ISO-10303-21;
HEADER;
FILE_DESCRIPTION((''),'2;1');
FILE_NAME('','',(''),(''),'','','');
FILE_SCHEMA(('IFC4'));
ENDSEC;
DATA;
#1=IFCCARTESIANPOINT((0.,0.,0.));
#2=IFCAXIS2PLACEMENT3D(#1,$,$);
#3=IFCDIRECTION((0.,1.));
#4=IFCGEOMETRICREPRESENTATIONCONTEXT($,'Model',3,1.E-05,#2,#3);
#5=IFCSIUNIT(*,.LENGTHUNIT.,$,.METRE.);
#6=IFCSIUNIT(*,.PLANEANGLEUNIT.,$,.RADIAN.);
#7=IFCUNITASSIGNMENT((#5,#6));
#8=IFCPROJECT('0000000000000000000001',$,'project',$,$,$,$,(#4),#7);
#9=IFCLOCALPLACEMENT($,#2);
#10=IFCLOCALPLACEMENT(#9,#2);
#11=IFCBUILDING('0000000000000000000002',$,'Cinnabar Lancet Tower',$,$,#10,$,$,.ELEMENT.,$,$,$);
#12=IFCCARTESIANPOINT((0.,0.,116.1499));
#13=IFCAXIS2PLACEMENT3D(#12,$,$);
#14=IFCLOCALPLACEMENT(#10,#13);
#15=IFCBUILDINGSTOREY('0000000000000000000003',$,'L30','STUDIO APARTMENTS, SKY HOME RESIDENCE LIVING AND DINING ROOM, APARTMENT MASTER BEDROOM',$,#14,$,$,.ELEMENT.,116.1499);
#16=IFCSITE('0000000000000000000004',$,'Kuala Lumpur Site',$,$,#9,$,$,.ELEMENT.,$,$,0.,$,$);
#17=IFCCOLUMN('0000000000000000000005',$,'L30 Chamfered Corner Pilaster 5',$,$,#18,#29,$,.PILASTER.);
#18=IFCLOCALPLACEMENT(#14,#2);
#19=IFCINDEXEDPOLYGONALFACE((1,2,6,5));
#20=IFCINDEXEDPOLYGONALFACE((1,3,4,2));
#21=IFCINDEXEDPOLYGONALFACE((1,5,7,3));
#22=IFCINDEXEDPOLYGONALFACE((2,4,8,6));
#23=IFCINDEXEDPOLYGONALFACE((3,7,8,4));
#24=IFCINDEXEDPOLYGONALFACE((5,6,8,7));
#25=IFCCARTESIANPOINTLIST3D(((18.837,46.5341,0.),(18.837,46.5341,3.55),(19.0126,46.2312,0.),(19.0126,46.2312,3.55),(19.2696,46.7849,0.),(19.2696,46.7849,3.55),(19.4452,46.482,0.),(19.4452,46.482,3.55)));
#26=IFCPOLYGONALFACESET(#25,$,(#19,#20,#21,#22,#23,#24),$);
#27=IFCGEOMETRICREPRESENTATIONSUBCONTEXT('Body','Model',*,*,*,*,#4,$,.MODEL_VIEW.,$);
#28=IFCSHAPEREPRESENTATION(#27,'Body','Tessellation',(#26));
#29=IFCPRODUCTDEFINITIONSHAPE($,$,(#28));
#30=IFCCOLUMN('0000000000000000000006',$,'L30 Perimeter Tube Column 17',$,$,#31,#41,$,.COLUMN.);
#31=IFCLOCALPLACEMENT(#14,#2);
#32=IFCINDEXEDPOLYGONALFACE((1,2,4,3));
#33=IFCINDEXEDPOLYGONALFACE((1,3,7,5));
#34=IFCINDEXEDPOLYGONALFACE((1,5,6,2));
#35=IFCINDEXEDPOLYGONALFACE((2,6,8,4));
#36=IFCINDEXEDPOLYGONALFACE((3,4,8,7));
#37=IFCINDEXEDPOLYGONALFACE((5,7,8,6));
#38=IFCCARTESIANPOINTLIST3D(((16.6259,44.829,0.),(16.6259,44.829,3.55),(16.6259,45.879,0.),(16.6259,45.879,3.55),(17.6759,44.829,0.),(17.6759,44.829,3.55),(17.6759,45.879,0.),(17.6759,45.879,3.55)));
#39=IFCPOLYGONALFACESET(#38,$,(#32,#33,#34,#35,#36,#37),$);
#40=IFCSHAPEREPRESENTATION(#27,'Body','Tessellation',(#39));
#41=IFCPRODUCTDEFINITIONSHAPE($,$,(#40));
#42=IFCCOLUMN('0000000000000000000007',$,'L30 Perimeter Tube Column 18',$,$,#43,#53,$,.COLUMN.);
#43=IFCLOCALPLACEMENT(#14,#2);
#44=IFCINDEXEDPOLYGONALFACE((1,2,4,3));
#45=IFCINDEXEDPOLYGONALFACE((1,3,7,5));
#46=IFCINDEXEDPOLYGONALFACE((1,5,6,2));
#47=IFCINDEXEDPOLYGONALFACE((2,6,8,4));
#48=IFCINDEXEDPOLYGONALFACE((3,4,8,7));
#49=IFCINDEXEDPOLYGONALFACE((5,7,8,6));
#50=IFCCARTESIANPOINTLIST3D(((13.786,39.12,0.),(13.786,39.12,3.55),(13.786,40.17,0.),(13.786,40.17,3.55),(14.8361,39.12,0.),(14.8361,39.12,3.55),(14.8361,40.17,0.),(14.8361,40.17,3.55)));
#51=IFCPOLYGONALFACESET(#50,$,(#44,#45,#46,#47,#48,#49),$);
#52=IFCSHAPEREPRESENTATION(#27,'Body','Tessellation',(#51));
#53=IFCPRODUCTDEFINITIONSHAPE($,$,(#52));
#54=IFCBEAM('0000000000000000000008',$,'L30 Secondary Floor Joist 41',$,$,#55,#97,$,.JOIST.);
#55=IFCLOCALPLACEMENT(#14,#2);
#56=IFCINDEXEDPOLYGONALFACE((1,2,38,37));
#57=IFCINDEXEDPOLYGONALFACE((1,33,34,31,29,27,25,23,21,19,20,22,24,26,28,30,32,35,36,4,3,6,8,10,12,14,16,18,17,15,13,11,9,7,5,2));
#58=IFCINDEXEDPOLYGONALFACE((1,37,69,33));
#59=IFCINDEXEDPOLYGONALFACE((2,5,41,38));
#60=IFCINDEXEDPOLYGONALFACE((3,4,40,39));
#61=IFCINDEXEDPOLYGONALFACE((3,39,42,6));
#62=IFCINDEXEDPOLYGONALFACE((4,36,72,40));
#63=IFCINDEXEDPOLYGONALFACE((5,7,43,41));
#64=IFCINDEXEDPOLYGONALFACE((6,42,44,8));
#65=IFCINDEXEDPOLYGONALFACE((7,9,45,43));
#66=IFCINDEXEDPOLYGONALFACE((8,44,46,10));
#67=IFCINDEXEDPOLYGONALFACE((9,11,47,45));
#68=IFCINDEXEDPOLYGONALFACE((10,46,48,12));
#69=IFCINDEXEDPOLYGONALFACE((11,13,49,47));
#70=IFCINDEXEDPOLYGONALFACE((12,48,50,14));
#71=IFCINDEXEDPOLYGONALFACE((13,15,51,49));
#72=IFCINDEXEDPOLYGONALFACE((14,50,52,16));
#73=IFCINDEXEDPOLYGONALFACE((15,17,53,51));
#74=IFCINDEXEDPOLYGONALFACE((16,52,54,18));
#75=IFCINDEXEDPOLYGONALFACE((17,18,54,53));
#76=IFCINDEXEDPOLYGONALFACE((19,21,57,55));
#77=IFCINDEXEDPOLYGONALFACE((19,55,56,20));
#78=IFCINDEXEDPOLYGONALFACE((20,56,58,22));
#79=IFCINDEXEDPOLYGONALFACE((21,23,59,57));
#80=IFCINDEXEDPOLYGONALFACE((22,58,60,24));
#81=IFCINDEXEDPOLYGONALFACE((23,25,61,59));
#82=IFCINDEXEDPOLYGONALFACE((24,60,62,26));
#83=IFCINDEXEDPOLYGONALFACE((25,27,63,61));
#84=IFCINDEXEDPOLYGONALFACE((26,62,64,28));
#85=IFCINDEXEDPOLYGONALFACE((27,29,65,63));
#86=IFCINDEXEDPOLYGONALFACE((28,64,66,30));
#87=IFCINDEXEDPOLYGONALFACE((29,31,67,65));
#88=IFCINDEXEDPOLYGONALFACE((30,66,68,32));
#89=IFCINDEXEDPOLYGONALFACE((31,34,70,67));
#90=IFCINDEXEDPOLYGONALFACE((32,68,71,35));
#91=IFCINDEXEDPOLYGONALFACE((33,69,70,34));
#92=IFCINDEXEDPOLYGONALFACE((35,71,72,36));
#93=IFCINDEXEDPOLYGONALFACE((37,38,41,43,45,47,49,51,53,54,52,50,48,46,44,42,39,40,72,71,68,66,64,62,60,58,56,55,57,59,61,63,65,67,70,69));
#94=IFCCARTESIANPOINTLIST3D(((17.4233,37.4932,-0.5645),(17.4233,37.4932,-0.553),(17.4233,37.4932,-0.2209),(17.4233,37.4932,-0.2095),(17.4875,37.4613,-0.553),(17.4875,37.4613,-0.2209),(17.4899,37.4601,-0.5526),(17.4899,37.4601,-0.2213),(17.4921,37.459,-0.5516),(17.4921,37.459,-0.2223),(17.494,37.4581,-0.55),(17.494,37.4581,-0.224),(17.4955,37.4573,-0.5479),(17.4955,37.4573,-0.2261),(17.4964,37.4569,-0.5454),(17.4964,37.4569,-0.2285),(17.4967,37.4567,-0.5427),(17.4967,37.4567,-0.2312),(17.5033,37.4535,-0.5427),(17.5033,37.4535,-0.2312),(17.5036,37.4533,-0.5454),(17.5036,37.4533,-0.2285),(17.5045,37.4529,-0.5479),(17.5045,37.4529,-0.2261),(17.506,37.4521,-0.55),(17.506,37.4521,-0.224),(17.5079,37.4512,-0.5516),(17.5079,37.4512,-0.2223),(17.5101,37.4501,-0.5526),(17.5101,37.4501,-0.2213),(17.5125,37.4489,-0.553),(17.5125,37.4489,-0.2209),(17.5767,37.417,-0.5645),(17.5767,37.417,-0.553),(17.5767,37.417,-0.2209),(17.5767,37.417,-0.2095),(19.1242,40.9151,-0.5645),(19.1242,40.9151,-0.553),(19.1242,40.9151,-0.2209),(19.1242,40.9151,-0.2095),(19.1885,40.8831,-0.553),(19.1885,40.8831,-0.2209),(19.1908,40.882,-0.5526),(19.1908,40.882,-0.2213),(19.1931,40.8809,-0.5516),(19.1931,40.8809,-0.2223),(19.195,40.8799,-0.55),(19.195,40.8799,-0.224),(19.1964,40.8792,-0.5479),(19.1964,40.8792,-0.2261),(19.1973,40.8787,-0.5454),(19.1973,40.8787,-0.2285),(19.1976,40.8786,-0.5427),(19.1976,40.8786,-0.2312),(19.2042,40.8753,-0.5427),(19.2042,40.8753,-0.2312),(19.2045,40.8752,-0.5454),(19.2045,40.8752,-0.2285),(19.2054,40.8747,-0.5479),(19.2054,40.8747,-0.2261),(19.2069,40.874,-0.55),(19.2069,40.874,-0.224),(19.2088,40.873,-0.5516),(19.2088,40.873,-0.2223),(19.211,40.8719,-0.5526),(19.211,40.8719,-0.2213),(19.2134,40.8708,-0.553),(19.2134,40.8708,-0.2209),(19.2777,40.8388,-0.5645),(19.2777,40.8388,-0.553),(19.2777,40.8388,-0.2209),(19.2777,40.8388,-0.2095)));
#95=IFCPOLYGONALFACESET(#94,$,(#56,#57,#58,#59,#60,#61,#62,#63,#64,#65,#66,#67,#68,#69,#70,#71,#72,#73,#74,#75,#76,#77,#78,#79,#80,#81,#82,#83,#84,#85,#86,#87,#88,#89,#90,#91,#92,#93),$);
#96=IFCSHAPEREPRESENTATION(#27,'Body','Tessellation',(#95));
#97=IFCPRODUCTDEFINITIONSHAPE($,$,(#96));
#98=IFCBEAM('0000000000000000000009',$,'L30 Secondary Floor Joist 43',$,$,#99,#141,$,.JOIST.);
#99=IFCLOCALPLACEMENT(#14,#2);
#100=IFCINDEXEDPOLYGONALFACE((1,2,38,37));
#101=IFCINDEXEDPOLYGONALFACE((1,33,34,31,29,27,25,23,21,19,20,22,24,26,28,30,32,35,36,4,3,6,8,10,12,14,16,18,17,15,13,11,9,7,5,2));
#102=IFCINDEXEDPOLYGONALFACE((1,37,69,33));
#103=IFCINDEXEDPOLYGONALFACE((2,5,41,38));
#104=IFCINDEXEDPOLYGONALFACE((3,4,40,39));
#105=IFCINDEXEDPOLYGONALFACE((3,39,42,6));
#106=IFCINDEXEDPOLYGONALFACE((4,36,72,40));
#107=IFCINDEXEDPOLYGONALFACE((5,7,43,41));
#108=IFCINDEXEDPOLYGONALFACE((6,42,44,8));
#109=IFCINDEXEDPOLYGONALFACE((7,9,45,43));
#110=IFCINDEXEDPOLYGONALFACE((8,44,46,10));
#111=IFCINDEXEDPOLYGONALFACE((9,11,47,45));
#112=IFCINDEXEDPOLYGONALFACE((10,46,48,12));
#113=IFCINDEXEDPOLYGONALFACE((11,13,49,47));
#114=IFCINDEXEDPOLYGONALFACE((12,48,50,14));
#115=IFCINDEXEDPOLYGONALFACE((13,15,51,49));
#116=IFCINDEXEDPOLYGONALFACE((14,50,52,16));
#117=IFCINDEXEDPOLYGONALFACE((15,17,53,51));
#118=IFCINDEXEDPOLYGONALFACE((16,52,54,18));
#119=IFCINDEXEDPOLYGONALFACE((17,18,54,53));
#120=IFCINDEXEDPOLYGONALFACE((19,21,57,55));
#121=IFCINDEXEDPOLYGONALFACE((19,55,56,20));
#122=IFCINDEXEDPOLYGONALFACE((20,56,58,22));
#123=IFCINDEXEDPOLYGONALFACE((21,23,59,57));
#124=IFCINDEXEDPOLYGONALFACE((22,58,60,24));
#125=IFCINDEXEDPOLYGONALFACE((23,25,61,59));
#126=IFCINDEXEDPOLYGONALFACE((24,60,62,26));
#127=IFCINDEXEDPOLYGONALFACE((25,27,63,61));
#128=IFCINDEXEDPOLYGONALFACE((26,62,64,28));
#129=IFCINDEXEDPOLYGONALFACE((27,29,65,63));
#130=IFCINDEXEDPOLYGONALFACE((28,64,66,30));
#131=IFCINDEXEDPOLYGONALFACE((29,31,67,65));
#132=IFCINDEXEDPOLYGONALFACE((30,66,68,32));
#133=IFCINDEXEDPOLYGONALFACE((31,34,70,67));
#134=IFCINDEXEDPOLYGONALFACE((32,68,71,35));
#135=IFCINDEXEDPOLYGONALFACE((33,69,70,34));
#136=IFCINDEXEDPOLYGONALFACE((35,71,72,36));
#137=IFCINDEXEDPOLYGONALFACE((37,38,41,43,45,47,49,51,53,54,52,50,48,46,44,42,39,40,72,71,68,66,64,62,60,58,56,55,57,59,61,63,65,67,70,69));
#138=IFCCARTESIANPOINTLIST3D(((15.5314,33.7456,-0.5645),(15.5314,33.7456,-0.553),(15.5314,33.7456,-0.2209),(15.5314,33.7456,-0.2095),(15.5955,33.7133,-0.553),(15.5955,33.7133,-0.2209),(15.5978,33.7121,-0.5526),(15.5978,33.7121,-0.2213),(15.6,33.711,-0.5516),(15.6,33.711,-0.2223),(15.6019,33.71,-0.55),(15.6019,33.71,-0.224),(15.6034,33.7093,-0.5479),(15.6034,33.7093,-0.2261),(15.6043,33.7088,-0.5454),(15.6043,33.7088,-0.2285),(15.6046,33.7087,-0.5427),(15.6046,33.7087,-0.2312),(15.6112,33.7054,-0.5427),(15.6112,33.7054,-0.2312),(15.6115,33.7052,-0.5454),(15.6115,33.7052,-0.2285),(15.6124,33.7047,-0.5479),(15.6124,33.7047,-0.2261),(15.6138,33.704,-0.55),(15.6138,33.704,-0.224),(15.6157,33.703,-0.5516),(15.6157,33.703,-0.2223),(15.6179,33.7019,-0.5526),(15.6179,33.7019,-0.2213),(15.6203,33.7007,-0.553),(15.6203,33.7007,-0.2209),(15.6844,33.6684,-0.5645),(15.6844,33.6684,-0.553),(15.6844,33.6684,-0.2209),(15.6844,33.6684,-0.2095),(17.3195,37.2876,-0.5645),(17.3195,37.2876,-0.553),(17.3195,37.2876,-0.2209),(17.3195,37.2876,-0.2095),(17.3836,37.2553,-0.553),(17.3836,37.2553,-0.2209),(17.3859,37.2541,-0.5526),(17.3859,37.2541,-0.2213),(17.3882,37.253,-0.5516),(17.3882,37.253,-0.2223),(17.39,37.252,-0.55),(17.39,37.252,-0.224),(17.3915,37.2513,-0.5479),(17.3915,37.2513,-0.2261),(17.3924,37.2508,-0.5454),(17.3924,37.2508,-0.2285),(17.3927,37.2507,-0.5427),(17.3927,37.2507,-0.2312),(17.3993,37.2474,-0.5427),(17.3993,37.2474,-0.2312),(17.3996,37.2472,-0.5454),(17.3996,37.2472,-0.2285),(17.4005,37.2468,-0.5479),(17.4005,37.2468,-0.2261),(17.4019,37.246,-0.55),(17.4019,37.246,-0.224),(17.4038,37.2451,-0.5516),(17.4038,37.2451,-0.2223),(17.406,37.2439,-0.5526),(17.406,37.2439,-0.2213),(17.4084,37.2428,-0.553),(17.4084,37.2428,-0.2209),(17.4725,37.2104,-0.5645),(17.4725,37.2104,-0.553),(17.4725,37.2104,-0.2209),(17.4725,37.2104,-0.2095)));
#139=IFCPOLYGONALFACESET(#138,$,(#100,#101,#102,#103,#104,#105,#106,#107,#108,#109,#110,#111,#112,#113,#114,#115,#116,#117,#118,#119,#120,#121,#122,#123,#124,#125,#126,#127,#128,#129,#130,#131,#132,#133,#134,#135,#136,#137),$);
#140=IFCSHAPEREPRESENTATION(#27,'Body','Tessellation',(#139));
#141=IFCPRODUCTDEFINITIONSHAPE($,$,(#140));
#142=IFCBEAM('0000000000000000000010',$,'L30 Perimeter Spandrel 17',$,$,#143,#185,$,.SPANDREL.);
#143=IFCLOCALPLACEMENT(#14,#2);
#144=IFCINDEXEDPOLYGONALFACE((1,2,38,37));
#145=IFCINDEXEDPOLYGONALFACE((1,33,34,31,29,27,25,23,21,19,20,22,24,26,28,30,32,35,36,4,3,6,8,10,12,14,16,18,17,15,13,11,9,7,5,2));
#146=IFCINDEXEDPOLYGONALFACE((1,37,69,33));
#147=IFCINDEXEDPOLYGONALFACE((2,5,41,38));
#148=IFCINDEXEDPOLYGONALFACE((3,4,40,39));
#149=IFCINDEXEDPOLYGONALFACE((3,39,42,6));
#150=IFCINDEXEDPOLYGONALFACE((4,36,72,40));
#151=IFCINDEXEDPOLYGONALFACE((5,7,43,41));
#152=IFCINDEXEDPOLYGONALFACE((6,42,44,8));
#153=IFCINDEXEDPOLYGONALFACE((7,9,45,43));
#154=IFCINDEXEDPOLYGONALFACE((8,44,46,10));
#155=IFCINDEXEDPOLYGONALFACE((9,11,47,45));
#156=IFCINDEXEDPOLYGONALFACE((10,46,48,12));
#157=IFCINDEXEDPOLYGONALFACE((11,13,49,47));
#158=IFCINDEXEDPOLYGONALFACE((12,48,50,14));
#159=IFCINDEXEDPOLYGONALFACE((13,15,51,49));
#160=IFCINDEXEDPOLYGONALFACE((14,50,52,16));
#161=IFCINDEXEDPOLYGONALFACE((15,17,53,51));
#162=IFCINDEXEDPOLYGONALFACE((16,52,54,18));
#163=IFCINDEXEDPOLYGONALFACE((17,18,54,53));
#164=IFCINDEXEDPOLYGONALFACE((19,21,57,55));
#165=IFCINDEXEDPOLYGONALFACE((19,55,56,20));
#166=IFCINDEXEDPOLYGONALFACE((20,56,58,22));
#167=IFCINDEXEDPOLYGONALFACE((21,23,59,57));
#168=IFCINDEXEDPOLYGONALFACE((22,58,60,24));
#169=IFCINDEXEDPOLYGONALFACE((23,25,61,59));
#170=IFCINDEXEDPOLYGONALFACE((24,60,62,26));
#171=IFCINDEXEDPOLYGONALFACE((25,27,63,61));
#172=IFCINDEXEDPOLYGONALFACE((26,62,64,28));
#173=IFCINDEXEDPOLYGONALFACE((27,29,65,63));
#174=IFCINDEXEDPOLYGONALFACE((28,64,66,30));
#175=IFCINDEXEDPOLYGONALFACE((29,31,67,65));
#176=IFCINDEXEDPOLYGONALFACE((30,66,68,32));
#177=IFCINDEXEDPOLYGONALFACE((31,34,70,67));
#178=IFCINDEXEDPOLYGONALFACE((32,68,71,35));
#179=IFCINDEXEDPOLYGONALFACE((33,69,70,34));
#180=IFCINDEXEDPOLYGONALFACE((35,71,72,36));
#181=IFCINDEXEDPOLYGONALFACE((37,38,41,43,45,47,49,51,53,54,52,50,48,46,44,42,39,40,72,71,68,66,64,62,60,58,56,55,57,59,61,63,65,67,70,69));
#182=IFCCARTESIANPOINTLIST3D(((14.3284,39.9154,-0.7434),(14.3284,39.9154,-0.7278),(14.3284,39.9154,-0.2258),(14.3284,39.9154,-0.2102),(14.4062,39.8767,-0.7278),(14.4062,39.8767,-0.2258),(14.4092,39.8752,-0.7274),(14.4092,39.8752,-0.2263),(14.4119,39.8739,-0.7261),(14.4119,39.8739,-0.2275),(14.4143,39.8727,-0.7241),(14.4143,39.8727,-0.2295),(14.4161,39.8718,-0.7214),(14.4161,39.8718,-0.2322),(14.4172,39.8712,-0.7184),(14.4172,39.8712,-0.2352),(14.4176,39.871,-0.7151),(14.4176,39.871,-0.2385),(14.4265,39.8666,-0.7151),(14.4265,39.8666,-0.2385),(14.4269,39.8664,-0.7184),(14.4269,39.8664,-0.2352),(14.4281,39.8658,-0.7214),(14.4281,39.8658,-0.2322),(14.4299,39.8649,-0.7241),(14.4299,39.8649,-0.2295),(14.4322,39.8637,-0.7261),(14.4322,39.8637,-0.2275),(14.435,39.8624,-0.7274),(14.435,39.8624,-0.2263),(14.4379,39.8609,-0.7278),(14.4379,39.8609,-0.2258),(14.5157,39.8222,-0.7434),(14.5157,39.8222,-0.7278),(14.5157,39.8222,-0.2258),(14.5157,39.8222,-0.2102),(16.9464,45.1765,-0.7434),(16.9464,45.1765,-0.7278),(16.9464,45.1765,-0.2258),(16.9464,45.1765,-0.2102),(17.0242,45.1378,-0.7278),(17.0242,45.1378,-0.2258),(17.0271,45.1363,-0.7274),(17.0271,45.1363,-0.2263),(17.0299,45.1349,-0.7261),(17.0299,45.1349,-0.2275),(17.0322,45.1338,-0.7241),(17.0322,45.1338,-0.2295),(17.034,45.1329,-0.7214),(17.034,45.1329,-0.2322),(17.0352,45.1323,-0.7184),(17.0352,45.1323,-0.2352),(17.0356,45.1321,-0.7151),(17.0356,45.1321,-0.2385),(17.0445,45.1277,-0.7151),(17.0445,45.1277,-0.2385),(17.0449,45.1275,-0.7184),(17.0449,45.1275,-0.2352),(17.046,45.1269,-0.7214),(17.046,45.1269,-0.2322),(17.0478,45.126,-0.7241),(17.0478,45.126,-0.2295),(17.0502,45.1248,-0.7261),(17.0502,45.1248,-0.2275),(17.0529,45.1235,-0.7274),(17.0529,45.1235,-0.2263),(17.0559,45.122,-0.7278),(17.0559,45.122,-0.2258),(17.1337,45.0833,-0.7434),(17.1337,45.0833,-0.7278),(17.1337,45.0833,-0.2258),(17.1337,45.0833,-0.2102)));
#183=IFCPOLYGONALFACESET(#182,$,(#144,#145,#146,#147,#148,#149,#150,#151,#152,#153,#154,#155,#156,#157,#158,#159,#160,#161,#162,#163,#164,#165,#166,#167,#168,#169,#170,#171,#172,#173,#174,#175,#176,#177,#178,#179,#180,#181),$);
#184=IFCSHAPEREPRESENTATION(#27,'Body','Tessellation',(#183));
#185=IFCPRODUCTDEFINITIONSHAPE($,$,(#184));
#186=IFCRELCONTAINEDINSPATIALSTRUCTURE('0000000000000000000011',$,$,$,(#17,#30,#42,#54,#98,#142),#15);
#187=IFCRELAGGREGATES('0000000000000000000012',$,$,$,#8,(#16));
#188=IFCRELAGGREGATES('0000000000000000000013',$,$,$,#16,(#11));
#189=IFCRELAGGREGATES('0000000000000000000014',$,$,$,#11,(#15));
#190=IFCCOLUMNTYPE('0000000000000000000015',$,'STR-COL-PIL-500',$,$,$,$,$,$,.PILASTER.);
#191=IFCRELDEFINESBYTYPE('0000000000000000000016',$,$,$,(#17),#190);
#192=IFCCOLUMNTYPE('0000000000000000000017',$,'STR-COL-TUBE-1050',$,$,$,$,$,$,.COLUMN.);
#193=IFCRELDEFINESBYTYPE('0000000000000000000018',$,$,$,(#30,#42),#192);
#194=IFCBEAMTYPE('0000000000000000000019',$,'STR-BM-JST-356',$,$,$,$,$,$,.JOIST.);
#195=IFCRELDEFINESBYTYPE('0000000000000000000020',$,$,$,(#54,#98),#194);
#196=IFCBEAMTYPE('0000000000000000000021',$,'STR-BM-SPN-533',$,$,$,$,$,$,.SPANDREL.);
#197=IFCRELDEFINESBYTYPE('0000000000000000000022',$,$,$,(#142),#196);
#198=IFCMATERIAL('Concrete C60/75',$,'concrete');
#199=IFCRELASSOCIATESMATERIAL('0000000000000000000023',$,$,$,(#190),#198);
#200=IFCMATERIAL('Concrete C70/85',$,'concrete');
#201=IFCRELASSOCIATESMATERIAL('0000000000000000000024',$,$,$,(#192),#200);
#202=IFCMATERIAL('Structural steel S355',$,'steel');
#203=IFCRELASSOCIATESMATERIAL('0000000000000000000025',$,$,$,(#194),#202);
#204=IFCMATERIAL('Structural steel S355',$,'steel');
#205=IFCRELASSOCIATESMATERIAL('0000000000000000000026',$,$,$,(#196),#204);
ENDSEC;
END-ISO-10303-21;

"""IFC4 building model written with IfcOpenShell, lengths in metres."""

from ifc_helpers import new_model, si_unit, direction, frame, origin, origin_2d, place, context, subcontext, project, spatial, rectangle, i_section, extrude, material, material_profile, profile_set, type_object, element, save


model = new_model("IFC4")

# Units and contexts
model_context = context("Model", 3, precision=1e-05, world=origin(), true_north=direction((0.0, 1.0)))
body_context = subcontext(model_context, "Body", "Model", "MODEL_VIEW")
ifc_project = project(units=[si_unit("LENGTHUNIT", "METRE"), si_unit("PLANEANGLEUNIT", "RADIAN")], contexts=[model_context])

# Site, building, storey
site_placement = place(None, origin())
site = spatial("IfcSite", under=ifc_project, at=site_placement, Name="Kuala Lumpur Site", CompositionType="ELEMENT", RefElevation=0.0)
building_placement = place(site_placement, origin())
building = spatial("IfcBuilding", under=site, at=building_placement, Name="Cinnabar Lancet Tower", CompositionType="ELEMENT")
storey_placement = place(building_placement, frame((0.0, 0.0, 116.1499)))
storey = spatial("IfcBuildingStorey", under=building, at=storey_placement, Name="L30", Description="STUDIO APARTMENTS, SKY HOME RESIDENCE LIVING AND DINING ROOM, APARTMENT MASTER BEDROOM", CompositionType="ELEMENT", Elevation=116.1499)

# Columns
ifc_material_1 = material(Name="Concrete C60/75", Category="concrete")
ifc_material_profile_1 = material_profile(ifc_material_1, rectangle(XDim=0.5, YDim=0.3501, at=origin_2d()), Name="RC-PIL 500x350")
ifc_profile_set_1 = profile_set([ifc_material_profile_1], Name="Concrete C60/75")
column_type_1 = type_object("IfcColumnType", Name="STR-COL-PIL-500", PredefinedType="PILASTER", material=ifc_profile_set_1)
column_placement = place(storey_placement, frame((19.1411, 46.5081, 0.0), z_axis=(0.0, 0.0, 1.0), x_axis=(-0.86516, -0.501496, 0.0)))
element("IfcColumn", 1, at=column_placement, inside=storey, type_object=column_type_1, Name="L30 Chamfered Corner Pilaster 5", PredefinedType="PILASTER", context=body_context, shape_type="SweptSolid", body=[
    extrude(rectangle(XDim=0.5, YDim=0.3501, at=origin_2d()), origin(), (0.0, 0.0, 1.0), 3.55),
])
ifc_material_2 = material(Name="Concrete C70/85", Category="concrete")
ifc_material_profile_2 = material_profile(ifc_material_2, rectangle(XDim=1.05, YDim=1.05, at=origin_2d()), Name="RC-COL 1050x1050")
ifc_profile_set_2 = profile_set([ifc_material_profile_2], Name="Concrete C70/85")
column_type_2 = type_object("IfcColumnType", Name="STR-COL-TUBE-1050", PredefinedType="COLUMN", material=ifc_profile_set_2)
for number, where, z_axis, x_axis, name in (
    (2, (17.1509, 45.354, 0.0), (0.0, 0.0, 1.0), (1.0, 0.0, 0.0), "L30 Perimeter Tube Column 17"),
    (3, (14.311, 39.645, 0.0), (0.0, 0.0, 1.0), (1.0, 0.0, 0.0), "L30 Perimeter Tube Column 18"),
):
    element("IfcColumn", number, at=place(storey_placement, frame(where, z_axis=z_axis, x_axis=x_axis)), inside=storey, type_object=column_type_2, Name=name, PredefinedType="COLUMN", context=body_context, shape_type="SweptSolid", body=[
        extrude(rectangle(XDim=1.05, YDim=1.05, at=origin_2d()), origin(), (0.0, 0.0, 1.0), 3.55),
    ])

# Beams
ifc_material_3 = material(Name="Structural steel S355", Category="steel")
ifc_material_profile_3 = material_profile(ifc_material_3, i_section(OverallWidth=0.1714, OverallDepth=0.355, WebThickness=0.0073, FlangeThickness=0.0115, FilletRadius=0.0103, at=origin_2d()), Name="UKB 356x171x51")
ifc_profile_set_3 = profile_set([ifc_material_profile_3], Name="Structural steel S355")
beam_type_1 = type_object("IfcBeamType", Name="STR-BM-JST-356", PredefinedType="JOIST", material=ifc_profile_set_3)
beam_1_placement = place(storey_placement, frame((19.2009, 40.877, -0.387), z_axis=(-0.445117, -0.895473, 0.0), x_axis=(0.895473, -0.445117, 0.0)))
element("IfcBeam", 4, at=beam_1_placement, inside=storey, type_object=beam_type_1, Name="L30 Secondary Floor Joist 41", PredefinedType="JOIST", context=body_context, shape_type="SweptSolid", body=[
    extrude(i_section(OverallWidth=0.1714, OverallDepth=0.355, WebThickness=0.0073, FlangeThickness=0.0115, FilletRadius=0.0103, at=origin_2d()), origin(), (0.0, 0.0, 1.0), 3.8213),
])
beam_2_placement = place(storey_placement, frame((17.396, 37.249, -0.387), z_axis=(-0.450656, -0.892698, 0.0), x_axis=(0.892698, -0.450656, 0.0)))
element("IfcBeam", 5, at=beam_2_placement, inside=storey, type_object=beam_type_1, Name="L30 Secondary Floor Joist 43", PredefinedType="JOIST", context=body_context, shape_type="SweptSolid", body=[
    extrude(i_section(OverallWidth=0.1714, OverallDepth=0.355, WebThickness=0.0073, FlangeThickness=0.0115, FilletRadius=0.0103, at=origin_2d()), origin(), (0.0, 0.0, 1.0), 3.9678),
])
ifc_material_4 = material(Name="Structural steel S355", Category="steel")
ifc_material_profile_4 = material_profile(ifc_material_4, i_section(OverallWidth=0.2092, OverallDepth=0.5332, WebThickness=0.01, FlangeThickness=0.0156, FilletRadius=0.0127, at=origin_2d()), Name="UKB 533x210x92")
ifc_profile_set_4 = profile_set([ifc_material_profile_4], Name="Structural steel S355")
beam_type_2 = type_object("IfcBeamType", Name="STR-BM-SPN-533", PredefinedType="SPANDREL", material=ifc_profile_set_4)
beam_3_placement = place(storey_placement, frame((17.04, 45.1299, -0.4768), z_axis=(-0.445501, -0.895281, 0.0), x_axis=(0.895281, -0.445501, 0.0)))
element("IfcBeam", 6, at=beam_3_placement, inside=storey, type_object=beam_type_2, Name="L30 Perimeter Spandrel 17", PredefinedType="SPANDREL", context=body_context, shape_type="SweptSolid", body=[
    extrude(i_section(OverallWidth=0.2092, OverallDepth=0.5332, WebThickness=0.01, FlangeThickness=0.0156, FilletRadius=0.0127, at=origin_2d()), origin(), (0.0, 0.0, 1.0), 5.8765),
])

save(model, "model.ifc")
